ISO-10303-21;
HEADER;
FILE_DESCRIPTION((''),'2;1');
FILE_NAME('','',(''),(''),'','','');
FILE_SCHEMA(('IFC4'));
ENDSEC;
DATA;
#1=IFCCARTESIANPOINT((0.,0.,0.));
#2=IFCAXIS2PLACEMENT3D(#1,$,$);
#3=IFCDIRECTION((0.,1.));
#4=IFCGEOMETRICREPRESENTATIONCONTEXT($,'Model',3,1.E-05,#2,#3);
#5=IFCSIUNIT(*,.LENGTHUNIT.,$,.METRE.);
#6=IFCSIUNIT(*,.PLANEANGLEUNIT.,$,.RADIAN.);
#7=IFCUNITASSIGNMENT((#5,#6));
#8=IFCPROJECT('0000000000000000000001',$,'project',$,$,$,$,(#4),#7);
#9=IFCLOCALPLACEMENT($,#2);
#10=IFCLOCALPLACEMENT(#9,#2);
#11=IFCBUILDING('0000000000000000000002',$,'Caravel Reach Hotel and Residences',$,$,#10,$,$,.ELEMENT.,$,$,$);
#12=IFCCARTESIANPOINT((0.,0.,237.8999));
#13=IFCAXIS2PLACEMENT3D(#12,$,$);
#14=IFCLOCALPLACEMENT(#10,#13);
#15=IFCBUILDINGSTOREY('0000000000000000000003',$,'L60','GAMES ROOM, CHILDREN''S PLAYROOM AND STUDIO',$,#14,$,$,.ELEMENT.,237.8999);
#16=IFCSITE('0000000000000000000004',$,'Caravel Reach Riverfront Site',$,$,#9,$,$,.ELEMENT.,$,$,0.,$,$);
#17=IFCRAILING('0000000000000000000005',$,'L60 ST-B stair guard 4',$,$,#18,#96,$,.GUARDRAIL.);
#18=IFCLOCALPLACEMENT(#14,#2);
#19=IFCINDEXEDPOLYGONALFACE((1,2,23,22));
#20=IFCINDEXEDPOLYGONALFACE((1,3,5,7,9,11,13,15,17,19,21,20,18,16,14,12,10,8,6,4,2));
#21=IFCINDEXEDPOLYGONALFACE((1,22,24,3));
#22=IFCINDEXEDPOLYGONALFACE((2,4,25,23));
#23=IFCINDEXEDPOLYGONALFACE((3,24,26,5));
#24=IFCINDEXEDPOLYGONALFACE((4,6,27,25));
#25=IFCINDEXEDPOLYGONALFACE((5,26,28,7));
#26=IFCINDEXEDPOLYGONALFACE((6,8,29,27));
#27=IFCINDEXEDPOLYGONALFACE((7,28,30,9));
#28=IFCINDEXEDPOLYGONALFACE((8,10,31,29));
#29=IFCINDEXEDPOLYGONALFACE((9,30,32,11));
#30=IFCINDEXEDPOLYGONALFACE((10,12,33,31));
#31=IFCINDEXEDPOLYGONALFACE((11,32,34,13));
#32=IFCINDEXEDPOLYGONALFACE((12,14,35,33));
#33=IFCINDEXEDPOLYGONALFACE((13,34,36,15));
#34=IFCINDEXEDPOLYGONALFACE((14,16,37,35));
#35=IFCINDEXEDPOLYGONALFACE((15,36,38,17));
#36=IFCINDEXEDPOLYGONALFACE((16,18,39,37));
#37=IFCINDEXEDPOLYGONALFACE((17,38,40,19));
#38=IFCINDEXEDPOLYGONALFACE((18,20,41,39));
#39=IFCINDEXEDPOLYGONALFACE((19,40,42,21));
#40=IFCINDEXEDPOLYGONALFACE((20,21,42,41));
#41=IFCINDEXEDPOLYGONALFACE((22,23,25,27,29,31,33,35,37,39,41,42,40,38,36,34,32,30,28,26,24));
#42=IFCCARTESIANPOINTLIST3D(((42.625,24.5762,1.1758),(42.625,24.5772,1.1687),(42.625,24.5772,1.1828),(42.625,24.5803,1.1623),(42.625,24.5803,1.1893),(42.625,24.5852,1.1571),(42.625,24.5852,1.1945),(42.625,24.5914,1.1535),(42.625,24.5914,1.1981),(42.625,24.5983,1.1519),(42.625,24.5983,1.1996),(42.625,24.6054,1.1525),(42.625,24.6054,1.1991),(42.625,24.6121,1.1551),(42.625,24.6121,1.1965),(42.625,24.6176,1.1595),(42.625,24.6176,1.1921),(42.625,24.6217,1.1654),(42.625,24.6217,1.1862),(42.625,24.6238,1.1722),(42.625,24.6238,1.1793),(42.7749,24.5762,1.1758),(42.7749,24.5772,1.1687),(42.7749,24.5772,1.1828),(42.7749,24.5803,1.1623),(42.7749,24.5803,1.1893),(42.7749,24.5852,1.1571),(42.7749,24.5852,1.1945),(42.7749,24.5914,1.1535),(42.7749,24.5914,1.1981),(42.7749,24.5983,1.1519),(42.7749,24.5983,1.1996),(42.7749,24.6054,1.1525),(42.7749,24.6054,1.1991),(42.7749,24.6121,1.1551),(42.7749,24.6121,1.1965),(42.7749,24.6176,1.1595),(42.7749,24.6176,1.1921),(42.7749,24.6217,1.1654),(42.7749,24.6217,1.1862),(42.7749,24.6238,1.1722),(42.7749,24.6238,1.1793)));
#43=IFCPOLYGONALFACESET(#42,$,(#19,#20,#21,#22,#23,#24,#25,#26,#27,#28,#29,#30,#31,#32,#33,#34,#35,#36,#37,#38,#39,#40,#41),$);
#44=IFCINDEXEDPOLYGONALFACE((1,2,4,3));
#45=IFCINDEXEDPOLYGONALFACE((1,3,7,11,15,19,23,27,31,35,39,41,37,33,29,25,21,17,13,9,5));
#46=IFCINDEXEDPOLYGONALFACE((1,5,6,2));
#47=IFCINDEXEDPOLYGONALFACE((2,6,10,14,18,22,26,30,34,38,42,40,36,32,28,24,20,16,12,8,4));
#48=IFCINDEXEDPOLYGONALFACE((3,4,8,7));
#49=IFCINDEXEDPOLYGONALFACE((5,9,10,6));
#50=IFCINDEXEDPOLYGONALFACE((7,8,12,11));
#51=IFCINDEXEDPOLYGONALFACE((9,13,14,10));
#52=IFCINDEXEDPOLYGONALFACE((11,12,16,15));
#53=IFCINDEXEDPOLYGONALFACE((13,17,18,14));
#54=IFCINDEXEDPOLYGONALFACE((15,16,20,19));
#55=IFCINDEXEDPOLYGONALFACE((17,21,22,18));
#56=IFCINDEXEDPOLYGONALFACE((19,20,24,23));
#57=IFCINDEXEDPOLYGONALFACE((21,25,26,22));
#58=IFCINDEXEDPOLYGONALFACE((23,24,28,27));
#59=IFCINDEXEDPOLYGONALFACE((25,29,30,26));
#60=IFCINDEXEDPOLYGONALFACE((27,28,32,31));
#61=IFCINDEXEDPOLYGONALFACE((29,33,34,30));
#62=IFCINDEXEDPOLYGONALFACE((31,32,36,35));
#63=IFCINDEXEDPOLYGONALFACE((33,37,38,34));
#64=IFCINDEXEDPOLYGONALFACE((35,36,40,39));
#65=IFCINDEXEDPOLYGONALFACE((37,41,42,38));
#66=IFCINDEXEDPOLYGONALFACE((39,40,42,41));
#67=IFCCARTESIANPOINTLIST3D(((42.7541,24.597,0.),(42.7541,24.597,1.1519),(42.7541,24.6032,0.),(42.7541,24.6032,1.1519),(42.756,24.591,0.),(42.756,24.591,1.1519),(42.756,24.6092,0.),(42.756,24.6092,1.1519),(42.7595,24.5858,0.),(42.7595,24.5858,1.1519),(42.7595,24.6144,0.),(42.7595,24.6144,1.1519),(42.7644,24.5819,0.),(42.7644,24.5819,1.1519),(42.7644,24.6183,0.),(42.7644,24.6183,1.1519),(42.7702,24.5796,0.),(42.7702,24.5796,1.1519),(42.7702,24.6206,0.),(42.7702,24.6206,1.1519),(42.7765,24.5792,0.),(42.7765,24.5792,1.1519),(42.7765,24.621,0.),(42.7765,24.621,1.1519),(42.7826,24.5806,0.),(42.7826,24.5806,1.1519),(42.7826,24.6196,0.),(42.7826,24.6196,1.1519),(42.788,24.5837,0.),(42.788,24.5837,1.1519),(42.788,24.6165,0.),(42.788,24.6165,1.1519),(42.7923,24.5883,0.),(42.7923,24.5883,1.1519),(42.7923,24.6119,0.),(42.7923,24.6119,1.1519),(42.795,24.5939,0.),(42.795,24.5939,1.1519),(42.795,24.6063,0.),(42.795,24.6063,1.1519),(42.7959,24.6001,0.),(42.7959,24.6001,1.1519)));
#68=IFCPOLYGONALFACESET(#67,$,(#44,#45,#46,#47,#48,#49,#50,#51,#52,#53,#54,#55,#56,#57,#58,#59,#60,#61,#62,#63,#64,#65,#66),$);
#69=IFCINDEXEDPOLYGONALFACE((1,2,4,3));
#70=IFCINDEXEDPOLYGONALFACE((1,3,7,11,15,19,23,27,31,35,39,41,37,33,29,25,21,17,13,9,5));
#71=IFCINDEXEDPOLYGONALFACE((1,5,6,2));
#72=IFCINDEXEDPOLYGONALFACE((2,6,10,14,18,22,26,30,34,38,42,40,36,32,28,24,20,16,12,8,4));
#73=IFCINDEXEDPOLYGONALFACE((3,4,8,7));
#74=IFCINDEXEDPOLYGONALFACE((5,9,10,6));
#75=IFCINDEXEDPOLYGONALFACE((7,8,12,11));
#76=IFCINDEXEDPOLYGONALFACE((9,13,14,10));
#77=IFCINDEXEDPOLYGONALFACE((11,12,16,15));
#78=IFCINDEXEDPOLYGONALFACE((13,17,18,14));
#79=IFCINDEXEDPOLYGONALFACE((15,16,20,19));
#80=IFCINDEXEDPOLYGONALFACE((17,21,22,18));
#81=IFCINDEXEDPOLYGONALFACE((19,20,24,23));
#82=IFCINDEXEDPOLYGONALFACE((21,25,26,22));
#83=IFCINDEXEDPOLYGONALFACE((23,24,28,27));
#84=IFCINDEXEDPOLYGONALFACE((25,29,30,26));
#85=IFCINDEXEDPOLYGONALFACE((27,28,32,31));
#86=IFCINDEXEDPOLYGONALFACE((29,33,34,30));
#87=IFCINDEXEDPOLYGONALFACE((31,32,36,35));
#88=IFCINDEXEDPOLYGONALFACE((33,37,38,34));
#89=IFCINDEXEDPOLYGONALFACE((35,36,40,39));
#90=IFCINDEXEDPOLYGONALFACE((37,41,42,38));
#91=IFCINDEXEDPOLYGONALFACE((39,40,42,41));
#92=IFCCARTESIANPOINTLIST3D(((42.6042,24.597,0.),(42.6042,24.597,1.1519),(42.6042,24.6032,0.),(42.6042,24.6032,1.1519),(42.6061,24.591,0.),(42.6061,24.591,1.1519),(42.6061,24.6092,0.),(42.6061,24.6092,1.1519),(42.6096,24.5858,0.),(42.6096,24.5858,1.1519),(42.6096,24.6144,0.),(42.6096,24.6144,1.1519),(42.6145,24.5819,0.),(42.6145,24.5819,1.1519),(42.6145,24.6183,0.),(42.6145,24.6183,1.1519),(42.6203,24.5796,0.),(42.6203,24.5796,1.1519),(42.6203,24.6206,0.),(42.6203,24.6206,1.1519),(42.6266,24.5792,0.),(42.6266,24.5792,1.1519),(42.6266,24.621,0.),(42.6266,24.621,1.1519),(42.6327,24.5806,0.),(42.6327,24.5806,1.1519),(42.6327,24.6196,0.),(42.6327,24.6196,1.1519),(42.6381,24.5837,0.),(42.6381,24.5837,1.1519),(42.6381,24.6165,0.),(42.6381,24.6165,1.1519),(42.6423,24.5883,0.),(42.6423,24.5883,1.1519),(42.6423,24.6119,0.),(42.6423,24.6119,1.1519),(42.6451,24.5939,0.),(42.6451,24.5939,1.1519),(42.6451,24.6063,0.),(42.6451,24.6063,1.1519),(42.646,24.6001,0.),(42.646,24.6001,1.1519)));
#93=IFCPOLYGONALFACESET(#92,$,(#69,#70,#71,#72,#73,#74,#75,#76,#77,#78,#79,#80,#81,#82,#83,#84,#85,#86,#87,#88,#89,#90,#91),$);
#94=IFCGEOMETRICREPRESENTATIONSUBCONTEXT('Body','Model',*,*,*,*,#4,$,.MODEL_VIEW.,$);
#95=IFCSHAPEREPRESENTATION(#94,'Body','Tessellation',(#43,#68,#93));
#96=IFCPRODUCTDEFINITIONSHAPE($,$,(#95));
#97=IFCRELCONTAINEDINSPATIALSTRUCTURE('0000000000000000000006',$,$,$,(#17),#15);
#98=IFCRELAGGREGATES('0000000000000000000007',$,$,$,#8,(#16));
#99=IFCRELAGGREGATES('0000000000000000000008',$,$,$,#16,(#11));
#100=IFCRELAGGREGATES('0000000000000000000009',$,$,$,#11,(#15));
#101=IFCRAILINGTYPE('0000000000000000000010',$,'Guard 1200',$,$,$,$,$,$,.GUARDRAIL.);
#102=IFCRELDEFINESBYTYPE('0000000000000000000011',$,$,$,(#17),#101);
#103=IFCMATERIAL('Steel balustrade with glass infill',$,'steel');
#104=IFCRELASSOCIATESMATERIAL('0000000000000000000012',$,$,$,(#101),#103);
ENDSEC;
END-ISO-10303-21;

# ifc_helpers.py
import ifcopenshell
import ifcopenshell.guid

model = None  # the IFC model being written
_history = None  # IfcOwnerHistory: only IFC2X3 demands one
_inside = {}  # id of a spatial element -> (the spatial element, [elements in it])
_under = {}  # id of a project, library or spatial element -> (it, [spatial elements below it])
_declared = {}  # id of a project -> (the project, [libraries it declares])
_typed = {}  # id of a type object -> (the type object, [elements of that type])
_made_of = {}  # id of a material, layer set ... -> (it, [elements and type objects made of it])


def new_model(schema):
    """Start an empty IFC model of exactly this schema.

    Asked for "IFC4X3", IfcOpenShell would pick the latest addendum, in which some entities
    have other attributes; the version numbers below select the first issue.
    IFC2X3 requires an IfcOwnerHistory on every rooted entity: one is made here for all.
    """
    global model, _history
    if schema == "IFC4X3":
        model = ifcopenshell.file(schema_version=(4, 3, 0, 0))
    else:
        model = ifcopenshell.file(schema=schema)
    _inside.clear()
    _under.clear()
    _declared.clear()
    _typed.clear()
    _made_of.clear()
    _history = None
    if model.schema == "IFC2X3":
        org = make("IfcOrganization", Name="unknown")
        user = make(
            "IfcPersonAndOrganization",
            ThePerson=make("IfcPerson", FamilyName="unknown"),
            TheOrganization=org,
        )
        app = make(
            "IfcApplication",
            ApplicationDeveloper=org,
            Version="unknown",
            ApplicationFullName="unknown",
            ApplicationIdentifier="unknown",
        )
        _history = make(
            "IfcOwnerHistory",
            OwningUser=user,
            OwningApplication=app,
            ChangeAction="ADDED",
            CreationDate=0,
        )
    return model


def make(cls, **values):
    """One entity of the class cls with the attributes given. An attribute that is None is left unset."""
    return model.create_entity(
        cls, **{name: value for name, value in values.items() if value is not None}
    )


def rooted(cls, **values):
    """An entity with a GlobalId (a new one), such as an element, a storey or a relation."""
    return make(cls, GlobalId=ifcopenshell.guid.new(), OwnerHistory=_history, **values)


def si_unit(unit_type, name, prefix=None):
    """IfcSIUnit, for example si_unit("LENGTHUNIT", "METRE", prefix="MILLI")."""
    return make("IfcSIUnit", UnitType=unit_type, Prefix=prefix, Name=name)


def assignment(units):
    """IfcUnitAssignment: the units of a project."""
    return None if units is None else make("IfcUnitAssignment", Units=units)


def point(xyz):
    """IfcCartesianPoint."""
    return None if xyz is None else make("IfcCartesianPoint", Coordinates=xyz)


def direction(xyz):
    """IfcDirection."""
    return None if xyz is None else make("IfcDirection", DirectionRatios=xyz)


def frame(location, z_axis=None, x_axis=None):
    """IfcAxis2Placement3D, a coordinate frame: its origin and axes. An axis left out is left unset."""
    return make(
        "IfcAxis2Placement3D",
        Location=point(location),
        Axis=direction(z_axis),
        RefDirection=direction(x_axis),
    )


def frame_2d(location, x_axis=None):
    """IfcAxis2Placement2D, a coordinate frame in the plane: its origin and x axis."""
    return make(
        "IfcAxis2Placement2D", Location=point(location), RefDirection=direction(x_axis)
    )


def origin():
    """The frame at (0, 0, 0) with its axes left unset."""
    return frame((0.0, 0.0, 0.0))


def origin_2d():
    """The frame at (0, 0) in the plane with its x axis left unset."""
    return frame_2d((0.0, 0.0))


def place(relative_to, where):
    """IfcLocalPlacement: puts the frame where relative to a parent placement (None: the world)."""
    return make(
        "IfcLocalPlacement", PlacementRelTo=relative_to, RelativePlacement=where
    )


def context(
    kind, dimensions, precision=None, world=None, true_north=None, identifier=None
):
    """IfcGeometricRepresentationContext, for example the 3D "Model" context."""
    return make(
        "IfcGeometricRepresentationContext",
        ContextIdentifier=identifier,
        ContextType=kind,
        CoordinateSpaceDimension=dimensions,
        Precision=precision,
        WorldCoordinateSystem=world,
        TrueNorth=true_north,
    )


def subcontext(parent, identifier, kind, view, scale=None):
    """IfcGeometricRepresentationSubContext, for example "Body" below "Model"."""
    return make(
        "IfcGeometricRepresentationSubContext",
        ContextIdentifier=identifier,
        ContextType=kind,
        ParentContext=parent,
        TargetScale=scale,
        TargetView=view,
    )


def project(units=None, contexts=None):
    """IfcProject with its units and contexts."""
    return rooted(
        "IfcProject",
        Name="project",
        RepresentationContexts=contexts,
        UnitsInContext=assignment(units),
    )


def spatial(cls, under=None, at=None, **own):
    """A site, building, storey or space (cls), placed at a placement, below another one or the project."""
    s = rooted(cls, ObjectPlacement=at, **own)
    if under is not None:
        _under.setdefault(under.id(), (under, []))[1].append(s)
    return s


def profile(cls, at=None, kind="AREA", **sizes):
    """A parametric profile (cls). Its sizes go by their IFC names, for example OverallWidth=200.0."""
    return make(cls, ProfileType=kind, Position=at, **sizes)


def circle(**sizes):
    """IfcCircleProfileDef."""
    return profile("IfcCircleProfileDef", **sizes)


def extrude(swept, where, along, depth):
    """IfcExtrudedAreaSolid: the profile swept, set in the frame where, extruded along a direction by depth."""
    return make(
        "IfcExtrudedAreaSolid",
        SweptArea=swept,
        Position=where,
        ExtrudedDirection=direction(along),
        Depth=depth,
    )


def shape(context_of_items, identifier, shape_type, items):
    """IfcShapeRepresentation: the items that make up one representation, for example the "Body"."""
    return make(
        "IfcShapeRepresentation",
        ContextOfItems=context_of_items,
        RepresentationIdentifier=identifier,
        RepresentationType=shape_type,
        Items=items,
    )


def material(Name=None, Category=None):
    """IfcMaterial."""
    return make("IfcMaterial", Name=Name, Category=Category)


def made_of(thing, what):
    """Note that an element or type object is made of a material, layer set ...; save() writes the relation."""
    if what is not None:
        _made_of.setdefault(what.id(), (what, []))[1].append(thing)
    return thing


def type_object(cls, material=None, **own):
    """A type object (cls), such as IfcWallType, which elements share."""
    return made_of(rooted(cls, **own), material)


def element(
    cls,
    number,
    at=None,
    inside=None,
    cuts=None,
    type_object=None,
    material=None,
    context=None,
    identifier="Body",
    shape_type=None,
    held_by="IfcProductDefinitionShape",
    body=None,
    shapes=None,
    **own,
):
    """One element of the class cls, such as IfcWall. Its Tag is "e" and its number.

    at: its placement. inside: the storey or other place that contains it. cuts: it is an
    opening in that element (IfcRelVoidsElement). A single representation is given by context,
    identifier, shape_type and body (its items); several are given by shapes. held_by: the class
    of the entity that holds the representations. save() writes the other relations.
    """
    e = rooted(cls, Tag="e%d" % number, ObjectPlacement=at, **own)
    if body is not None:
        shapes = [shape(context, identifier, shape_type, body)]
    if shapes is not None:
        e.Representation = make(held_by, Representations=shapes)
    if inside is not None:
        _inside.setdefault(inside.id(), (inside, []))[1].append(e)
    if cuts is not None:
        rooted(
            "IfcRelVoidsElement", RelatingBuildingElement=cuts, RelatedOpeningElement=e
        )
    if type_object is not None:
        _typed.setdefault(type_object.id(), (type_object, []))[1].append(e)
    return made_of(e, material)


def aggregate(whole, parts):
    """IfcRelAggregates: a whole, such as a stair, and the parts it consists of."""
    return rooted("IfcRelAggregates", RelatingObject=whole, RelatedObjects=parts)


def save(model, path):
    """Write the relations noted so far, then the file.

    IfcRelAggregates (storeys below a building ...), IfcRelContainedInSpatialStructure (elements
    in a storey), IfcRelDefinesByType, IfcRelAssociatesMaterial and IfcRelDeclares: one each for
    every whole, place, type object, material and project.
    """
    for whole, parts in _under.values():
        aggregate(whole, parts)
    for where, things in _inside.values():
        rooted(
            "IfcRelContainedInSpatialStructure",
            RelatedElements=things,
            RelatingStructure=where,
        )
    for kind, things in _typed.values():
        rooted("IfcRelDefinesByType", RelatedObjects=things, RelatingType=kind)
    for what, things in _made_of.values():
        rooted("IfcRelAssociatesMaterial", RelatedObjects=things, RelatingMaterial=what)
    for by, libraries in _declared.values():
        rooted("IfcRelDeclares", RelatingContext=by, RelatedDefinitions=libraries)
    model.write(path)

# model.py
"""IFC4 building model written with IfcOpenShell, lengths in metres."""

from ifc_helpers import new_model, si_unit, direction, frame, origin, origin_2d, place, context, subcontext, project, spatial, circle, extrude, material, type_object, element, save


model = new_model("IFC4")

# Units and contexts
model_context = context("Model", 3, precision=1e-05, world=origin(), true_north=direction((0.0, 1.0)))
body_context = subcontext(model_context, "Body", "Model", "MODEL_VIEW")
ifc_project = project(units=[si_unit("LENGTHUNIT", "METRE"), si_unit("PLANEANGLEUNIT", "RADIAN")], contexts=[model_context])

# Site, building, storey
site_placement = place(None, origin())
site = spatial("IfcSite", under=ifc_project, at=site_placement, Name="Caravel Reach Riverfront Site", CompositionType="ELEMENT", RefElevation=0.0)
building_placement = place(site_placement, origin())
building = spatial("IfcBuilding", under=site, at=building_placement, Name="Caravel Reach Hotel and Residences", CompositionType="ELEMENT")
storey_placement = place(building_placement, frame((0.0, 0.0, 237.8999)))
storey = spatial("IfcBuildingStorey", under=building, at=storey_placement, Name="L60", Description="GAMES ROOM, CHILDREN'S PLAYROOM AND STUDIO", CompositionType="ELEMENT", Elevation=237.8999)

# Railing
ifc_material_1 = material(Name="Steel balustrade with glass infill", Category="steel")
railing_type_1 = type_object("IfcRailingType", Name="Guard 1200", PredefinedType="GUARDRAIL", material=ifc_material_1)
railing_1_placement = place(storey_placement, frame((42.7749, 24.6001, 0.0)))
element("IfcRailing", 1, at=railing_1_placement, inside=storey, type_object=railing_type_1, Name="L60 ST-B stair guard 4", PredefinedType="GUARDRAIL", context=body_context, shape_type="SweptSolid", body=[
    extrude(circle(Radius=0.0239, at=origin_2d()), frame((0.0, 0.0, 1.1758), z_axis=(-1.0, 0.0, 0.0), x_axis=(0.0, -1.0, 0.0)), (0.0, 0.0, 1.0), 0.1499),
    extrude(circle(Radius=0.021, at=origin_2d()), origin(), (0.0, 0.0, 1.0), 1.1519),
    extrude(circle(Radius=0.021, at=origin_2d()), frame((-0.1499, 0.0, 0.0)), (0.0, 0.0, 1.0), 1.1519),
])

save(model, "model.ifc")
